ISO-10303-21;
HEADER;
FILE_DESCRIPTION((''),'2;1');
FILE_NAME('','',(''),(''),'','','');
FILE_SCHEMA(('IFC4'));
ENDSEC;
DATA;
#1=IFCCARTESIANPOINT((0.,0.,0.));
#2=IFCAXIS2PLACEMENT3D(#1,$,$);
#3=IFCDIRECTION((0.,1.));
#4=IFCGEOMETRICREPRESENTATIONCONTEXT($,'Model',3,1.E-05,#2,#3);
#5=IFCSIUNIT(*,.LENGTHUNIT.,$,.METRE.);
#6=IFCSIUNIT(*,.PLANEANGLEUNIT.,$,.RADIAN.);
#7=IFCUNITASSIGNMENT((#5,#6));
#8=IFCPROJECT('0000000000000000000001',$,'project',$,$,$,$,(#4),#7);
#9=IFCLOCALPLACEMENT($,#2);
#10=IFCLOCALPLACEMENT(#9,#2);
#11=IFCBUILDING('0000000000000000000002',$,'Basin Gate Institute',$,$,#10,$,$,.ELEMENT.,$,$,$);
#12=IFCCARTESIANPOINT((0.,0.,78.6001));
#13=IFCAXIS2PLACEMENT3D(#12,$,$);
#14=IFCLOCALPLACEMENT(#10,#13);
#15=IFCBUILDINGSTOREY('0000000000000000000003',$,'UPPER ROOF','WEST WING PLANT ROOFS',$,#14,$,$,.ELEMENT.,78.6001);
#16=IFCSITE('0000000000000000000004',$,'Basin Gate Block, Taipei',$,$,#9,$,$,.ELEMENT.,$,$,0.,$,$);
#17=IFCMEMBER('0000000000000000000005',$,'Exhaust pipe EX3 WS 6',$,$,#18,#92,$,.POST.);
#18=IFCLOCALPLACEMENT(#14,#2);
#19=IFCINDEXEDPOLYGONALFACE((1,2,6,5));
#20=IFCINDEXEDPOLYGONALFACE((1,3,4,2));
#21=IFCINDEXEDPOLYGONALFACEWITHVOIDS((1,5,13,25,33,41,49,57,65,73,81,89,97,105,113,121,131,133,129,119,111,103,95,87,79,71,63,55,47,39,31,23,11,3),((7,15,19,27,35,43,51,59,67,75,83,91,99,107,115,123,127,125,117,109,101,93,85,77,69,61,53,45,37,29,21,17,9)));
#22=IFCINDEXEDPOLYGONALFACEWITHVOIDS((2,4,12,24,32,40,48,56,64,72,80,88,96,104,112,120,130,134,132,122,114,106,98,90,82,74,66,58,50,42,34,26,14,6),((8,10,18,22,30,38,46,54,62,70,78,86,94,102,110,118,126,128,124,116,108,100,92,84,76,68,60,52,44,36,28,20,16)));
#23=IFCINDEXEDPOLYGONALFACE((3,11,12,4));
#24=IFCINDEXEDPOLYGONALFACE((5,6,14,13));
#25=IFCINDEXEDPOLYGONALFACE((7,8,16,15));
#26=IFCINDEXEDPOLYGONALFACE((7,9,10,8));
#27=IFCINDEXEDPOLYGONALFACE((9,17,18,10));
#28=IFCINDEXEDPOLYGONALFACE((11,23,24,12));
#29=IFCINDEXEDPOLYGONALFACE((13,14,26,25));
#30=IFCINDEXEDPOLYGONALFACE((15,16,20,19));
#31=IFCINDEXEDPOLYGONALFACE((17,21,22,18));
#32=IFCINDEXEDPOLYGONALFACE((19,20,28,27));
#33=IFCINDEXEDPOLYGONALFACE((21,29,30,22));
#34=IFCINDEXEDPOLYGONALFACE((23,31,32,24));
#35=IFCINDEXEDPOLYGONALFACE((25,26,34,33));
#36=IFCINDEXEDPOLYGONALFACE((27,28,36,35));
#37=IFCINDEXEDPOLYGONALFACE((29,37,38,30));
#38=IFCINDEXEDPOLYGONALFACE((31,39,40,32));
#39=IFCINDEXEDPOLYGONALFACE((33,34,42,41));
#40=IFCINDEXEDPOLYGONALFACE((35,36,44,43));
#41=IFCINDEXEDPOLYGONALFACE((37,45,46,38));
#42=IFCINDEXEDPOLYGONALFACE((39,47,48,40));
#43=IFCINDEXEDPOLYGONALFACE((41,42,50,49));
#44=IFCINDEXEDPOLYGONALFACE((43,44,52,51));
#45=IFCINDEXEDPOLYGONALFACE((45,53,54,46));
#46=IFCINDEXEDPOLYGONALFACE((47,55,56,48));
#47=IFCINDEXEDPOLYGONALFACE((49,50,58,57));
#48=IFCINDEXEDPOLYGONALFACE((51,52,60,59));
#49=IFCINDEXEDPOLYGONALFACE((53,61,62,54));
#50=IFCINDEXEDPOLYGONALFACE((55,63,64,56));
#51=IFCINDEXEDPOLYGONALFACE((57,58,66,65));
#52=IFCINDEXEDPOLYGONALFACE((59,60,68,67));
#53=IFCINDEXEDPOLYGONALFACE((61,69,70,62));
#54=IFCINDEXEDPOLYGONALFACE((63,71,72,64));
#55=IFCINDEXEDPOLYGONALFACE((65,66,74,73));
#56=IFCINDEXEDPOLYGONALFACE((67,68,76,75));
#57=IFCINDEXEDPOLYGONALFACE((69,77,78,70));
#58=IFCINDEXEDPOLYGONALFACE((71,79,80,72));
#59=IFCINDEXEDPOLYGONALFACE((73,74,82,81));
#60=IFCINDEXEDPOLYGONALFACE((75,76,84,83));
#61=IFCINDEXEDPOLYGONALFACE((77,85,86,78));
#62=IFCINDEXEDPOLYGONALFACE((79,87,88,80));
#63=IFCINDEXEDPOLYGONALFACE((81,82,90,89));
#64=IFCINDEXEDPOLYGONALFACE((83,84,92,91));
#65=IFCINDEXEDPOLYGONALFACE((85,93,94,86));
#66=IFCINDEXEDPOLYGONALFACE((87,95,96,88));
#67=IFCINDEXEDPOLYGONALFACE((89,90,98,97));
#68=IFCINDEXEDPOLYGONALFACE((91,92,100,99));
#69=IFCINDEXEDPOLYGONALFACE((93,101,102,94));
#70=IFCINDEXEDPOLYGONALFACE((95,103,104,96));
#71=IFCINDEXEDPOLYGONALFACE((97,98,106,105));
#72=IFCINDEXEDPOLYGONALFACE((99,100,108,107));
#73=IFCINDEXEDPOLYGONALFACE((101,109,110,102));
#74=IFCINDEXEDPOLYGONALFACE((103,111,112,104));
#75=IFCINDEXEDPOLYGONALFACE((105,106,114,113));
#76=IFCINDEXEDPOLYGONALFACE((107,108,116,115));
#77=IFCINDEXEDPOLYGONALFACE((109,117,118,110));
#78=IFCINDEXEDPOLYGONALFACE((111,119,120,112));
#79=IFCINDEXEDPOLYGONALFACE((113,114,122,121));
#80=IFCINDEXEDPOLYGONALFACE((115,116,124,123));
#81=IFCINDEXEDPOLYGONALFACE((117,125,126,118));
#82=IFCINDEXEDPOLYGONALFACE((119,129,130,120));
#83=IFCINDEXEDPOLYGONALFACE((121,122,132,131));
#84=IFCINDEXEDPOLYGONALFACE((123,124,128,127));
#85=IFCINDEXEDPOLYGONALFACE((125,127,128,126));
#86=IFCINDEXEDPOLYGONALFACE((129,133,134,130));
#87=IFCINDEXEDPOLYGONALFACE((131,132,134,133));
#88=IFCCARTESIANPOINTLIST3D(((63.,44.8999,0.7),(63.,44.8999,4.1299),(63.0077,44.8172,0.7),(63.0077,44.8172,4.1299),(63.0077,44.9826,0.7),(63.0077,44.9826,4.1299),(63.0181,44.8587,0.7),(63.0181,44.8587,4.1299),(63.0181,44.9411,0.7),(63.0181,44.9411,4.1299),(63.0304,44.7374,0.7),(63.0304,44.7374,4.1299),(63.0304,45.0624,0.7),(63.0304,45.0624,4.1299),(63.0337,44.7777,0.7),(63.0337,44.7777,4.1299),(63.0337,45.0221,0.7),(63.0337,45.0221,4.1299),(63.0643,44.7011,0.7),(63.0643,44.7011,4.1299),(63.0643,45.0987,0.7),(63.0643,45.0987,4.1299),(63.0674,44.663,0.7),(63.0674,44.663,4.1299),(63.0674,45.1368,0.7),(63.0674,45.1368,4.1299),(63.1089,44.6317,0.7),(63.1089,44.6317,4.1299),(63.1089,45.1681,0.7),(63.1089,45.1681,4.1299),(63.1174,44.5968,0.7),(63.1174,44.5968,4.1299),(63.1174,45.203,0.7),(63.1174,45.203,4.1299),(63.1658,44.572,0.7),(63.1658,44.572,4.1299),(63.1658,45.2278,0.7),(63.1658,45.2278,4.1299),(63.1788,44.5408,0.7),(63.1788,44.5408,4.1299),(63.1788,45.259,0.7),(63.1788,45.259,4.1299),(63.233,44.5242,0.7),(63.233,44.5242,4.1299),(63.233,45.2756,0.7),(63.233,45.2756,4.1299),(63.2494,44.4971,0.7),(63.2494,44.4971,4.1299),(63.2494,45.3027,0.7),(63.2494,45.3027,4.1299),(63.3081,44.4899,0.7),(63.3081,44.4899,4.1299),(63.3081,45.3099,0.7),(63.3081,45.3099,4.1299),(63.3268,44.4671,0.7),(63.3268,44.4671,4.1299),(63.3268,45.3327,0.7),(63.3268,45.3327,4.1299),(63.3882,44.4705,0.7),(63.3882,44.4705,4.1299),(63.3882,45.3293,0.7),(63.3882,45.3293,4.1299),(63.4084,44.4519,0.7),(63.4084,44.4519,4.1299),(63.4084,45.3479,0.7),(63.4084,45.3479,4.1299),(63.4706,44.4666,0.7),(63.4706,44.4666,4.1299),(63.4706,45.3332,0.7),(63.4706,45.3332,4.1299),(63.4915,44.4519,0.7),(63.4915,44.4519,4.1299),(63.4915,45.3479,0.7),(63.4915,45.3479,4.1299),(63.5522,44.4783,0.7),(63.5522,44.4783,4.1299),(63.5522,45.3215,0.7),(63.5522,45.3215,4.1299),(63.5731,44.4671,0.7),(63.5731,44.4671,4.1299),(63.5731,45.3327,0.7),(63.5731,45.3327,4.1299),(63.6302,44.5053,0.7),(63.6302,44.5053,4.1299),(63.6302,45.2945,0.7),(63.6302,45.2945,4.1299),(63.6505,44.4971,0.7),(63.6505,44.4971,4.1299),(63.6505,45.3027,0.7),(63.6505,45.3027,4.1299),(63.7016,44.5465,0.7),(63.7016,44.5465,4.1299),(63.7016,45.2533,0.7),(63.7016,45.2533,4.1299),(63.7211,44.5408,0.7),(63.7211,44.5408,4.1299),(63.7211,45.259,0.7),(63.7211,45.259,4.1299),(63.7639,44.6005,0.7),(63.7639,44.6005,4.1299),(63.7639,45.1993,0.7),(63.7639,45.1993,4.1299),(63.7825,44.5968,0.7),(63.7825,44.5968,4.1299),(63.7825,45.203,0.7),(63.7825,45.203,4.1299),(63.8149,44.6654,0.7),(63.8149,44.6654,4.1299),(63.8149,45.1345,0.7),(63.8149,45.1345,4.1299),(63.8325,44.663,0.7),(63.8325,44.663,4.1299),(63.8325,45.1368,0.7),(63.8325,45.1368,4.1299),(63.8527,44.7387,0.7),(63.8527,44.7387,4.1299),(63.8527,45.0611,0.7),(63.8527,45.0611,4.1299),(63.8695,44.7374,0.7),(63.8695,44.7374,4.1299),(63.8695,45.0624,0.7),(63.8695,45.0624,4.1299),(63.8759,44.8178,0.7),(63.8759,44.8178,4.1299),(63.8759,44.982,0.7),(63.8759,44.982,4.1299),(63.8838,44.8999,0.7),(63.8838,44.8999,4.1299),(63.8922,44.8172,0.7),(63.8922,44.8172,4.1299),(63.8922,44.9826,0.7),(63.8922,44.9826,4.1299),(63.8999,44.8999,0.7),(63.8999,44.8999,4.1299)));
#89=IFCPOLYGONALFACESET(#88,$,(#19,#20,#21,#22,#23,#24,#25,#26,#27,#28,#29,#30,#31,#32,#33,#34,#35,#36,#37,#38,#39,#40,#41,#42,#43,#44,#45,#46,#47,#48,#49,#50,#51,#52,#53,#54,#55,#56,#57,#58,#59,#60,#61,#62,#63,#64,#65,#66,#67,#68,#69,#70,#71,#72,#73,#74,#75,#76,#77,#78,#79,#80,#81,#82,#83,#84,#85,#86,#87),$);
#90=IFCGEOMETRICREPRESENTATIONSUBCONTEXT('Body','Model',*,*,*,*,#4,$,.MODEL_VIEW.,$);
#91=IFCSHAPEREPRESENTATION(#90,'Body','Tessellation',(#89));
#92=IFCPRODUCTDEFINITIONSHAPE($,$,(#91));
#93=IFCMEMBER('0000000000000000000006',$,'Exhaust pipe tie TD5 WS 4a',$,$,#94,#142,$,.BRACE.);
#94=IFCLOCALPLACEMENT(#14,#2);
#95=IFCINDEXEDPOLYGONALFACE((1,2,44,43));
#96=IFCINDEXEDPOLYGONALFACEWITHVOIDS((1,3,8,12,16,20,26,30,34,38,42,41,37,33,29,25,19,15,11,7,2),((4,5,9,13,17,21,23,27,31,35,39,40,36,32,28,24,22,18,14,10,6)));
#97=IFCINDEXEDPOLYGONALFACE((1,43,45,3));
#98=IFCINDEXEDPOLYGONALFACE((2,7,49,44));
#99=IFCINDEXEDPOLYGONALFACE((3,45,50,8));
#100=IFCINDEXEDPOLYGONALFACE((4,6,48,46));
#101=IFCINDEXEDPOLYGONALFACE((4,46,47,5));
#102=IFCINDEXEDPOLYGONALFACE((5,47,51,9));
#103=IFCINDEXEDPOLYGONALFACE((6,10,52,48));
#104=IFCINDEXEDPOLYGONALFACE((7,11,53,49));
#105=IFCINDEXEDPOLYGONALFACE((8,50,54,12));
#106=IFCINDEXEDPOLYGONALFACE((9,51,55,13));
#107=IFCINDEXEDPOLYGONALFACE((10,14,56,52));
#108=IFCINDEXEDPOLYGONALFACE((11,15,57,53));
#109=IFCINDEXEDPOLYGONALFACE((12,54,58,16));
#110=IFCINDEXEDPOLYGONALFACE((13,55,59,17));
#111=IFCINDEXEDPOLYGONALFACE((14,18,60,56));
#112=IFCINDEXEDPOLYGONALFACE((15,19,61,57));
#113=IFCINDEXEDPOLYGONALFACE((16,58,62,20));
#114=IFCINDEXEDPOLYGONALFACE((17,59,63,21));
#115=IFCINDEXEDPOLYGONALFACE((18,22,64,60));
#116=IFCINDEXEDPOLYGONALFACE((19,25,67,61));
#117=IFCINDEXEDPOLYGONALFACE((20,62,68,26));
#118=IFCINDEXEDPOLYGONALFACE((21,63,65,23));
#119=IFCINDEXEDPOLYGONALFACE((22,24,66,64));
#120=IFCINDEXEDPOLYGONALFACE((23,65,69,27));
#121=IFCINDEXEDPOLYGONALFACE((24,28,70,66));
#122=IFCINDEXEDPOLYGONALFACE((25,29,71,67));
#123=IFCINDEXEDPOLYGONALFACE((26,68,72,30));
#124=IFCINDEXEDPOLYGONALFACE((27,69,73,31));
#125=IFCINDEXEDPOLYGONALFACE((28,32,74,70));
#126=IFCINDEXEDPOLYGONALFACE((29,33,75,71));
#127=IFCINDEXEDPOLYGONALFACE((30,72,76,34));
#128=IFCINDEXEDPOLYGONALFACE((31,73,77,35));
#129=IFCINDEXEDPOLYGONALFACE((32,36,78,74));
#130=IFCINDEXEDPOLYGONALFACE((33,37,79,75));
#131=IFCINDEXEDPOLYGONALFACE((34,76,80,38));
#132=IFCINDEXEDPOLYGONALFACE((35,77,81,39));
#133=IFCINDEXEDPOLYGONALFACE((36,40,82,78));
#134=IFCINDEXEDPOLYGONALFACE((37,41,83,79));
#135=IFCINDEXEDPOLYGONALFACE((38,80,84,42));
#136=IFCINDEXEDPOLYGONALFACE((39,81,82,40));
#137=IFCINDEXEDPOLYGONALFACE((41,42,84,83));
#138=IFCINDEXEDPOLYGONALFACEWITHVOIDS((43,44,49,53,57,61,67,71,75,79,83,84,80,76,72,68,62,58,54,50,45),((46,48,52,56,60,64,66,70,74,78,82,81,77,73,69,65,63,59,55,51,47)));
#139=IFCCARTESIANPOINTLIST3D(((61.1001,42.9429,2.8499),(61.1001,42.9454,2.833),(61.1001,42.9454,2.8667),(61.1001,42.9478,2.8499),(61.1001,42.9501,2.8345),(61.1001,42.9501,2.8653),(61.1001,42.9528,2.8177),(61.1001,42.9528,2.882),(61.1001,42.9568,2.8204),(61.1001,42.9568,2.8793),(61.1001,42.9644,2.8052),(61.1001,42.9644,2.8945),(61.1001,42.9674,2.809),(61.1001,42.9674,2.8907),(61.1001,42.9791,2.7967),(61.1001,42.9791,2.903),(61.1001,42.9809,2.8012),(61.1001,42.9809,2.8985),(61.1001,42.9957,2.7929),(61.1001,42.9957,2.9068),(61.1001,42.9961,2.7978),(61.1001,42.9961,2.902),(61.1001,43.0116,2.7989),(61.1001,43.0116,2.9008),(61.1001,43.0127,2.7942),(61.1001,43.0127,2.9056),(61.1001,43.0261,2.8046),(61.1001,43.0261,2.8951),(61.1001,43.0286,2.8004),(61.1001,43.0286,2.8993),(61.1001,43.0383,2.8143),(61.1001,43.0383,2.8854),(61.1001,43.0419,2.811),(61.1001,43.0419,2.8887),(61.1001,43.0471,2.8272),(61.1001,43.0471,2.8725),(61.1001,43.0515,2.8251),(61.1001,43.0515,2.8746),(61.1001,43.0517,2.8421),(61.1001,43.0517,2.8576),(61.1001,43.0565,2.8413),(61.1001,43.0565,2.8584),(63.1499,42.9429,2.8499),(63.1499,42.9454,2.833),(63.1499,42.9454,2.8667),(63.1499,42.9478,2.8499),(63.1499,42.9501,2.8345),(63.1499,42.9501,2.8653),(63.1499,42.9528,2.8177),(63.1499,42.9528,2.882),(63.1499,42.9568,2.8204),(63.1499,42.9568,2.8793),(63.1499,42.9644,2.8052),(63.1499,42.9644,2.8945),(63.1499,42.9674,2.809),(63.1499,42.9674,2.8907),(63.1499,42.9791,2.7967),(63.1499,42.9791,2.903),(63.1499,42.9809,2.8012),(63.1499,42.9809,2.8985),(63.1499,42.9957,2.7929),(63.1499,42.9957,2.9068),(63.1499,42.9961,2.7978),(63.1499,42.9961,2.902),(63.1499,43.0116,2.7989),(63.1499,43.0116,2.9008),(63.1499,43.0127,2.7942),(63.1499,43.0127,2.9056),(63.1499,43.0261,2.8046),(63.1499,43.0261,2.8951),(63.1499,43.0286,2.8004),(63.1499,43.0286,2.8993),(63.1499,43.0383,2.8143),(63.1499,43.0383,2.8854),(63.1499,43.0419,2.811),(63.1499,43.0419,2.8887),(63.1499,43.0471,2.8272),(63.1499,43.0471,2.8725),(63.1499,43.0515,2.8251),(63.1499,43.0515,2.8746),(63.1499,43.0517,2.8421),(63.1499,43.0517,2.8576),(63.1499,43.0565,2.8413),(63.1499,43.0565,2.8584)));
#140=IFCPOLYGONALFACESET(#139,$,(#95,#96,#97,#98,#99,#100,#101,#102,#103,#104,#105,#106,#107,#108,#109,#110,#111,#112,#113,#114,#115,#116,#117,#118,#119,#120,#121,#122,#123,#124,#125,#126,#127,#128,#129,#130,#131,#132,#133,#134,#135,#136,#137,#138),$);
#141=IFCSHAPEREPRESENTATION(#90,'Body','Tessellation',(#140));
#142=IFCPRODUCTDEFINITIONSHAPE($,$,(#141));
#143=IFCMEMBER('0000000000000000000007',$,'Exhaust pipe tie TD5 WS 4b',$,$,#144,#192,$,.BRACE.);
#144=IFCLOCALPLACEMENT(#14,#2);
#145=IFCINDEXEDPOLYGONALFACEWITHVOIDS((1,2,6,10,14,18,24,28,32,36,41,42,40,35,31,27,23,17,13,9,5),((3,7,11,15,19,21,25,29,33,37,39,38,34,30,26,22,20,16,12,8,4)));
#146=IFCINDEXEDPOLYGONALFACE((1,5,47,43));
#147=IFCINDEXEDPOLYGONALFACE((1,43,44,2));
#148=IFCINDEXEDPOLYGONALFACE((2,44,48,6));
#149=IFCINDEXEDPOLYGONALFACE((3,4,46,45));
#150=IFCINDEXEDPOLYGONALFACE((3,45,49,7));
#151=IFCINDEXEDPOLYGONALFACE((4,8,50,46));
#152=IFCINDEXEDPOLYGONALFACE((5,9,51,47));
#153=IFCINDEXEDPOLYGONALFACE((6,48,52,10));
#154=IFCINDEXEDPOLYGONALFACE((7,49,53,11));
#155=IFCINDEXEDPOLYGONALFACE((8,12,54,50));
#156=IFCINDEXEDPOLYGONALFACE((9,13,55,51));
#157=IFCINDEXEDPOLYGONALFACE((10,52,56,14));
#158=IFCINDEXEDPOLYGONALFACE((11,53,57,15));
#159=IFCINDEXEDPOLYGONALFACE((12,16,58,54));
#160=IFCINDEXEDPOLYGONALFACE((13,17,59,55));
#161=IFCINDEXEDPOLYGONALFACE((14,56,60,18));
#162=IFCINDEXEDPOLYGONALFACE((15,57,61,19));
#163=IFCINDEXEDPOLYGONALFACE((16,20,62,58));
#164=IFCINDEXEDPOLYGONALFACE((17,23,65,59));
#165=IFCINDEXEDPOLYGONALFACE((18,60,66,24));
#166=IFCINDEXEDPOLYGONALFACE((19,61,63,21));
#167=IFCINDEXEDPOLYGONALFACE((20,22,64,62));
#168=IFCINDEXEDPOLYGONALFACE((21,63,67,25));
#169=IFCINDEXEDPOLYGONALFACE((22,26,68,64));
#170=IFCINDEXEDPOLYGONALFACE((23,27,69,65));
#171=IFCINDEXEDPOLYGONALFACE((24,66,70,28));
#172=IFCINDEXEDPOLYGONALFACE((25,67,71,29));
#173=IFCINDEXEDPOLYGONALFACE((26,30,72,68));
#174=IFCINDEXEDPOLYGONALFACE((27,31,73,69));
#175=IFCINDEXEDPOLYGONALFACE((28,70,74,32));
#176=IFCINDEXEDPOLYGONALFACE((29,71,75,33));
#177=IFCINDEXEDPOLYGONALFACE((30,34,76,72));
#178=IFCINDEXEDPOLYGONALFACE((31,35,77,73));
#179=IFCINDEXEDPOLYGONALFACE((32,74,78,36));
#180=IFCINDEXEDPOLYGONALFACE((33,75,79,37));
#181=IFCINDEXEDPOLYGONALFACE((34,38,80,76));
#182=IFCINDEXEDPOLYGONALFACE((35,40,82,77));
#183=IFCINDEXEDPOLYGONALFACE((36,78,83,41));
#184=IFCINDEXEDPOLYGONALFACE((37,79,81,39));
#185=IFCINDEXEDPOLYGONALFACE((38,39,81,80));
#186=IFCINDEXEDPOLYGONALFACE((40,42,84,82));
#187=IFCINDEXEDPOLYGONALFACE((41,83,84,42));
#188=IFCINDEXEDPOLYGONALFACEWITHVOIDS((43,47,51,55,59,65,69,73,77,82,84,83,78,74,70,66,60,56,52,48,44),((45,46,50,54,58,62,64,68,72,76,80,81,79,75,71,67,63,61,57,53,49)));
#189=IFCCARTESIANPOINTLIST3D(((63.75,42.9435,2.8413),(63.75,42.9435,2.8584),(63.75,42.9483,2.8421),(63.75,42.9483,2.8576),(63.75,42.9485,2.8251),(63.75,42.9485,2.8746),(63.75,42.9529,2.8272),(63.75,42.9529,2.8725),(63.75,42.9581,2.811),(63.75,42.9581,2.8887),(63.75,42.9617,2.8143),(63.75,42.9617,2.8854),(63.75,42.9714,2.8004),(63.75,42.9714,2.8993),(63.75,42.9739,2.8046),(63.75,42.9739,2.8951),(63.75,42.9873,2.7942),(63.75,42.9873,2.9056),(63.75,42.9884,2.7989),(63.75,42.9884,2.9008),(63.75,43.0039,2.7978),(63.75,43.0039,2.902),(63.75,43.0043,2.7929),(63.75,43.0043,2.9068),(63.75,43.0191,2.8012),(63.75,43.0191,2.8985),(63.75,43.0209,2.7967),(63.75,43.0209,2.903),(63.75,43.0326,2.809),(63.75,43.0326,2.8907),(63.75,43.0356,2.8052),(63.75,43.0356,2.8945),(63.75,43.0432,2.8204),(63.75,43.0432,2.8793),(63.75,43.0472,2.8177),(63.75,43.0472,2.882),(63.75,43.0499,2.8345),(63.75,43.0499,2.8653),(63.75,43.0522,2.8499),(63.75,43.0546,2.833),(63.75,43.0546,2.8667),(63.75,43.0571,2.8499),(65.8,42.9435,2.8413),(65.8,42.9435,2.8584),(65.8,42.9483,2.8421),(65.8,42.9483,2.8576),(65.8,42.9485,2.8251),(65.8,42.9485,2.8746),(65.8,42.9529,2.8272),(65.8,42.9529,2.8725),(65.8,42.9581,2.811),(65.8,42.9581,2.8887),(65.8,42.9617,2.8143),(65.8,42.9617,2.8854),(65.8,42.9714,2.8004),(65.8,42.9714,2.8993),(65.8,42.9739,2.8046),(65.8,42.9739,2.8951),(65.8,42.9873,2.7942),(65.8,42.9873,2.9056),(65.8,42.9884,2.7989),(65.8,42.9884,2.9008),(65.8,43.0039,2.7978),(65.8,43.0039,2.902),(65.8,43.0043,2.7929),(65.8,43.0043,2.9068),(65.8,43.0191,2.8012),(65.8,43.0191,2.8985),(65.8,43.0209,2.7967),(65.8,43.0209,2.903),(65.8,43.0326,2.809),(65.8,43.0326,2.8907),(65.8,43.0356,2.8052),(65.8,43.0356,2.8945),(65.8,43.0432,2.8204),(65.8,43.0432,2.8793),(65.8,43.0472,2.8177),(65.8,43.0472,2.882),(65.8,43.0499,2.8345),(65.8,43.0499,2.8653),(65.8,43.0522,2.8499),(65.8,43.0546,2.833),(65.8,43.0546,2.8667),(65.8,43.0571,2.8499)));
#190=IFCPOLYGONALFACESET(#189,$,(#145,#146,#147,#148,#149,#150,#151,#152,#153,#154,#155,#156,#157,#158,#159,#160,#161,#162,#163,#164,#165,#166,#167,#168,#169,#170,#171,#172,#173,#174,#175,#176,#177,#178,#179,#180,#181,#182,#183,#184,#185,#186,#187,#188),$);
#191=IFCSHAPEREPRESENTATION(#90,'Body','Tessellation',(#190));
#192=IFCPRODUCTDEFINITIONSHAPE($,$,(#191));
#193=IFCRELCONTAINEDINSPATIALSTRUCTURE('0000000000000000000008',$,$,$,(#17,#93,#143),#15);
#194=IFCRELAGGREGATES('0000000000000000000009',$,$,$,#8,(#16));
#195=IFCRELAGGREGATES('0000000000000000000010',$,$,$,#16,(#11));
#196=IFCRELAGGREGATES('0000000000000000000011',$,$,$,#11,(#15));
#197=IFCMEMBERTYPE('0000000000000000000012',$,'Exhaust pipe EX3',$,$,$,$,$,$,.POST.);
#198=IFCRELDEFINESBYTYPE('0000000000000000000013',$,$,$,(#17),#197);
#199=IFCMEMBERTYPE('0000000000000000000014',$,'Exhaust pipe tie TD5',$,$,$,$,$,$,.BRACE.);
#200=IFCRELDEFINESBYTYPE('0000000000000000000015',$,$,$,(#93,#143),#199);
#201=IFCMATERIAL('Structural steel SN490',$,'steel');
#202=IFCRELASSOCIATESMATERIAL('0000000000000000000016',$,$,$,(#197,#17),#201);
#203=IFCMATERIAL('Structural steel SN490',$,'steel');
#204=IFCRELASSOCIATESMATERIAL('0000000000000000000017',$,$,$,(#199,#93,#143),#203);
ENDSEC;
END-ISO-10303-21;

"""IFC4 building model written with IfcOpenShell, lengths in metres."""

from ifc_helpers import new_model, si_unit, direction, frame, origin, origin_2d, place, context, subcontext, project, spatial, hollow_circle, extrude, material, material_profile, profile_set, type_object, element, save


model = new_model("IFC4")

# Units and contexts
model_context = context("Model", 3, precision=1e-05, world=origin(), true_north=direction((0.0, 1.0)))
body_context = subcontext(model_context, "Body", "Model", "MODEL_VIEW")
ifc_project = project(units=[si_unit("LENGTHUNIT", "METRE"), si_unit("PLANEANGLEUNIT", "RADIAN")], contexts=[model_context])

# Site, building, storey
site_placement = place(None, origin())
site = spatial("IfcSite", under=ifc_project, at=site_placement, Name="Basin Gate Block, Taipei", CompositionType="ELEMENT", RefElevation=0.0)
building_placement = place(site_placement, origin())
building = spatial("IfcBuilding", under=site, at=building_placement, Name="Basin Gate Institute", CompositionType="ELEMENT")
storey_placement = place(building_placement, frame((0.0, 0.0, 78.6001)))
storey = spatial("IfcBuildingStorey", under=building, at=storey_placement, Name="UPPER ROOF", Description="WEST WING PLANT ROOFS", CompositionType="ELEMENT", Elevation=78.6001)

# Members
ifc_material_1 = material(Name="Structural steel SN490", Category="steel")
ifc_material_profile_1 = material_profile(ifc_material_1, hollow_circle(Radius=0.45, WallThickness=0.0161, at=origin_2d()), Name="CHS900x16")
ifc_profile_set_1 = profile_set([ifc_material_profile_1], Name="Structural steel SN490")
member_type_1 = type_object("IfcMemberType", Name="Exhaust pipe EX3", PredefinedType="POST", material=ifc_profile_set_1)
member_1_placement = place(storey_placement, frame((63.45, 44.8999, 0.7), z_axis=(0.0, 0.0, 1.0), x_axis=(1.0, 0.0, 0.0)))
element("IfcMember", 1, at=member_1_placement, inside=storey, type_object=member_type_1, material=ifc_profile_set_1, Name="Exhaust pipe EX3 WS 6", PredefinedType="POST", context=body_context, shape_type="SweptSolid", body=[
    extrude(hollow_circle(Radius=0.45, WallThickness=0.0161, at=origin_2d()), origin(), (0.0, 0.0, 1.0), 3.4299),
])
ifc_material_2 = material(Name="Structural steel SN490", Category="steel")
ifc_material_profile_2 = material_profile(ifc_material_2, hollow_circle(Radius=0.0571, WallThickness=0.0049, at=origin_2d()), Name="CHS114x5")
ifc_profile_set_2 = profile_set([ifc_material_profile_2], Name="Structural steel SN490")
member_type_2 = type_object("IfcMemberType", Name="Exhaust pipe tie TD5", PredefinedType="BRACE", material=ifc_profile_set_2)
member_2_placement = place(storey_placement, frame((63.1499, 43.0, 2.8499), z_axis=(-1.0, 0.0, 0.0), x_axis=(0.0, -1.0, 0.0)))
element("IfcMember", 2, at=member_2_placement, inside=storey, type_object=member_type_2, material=ifc_profile_set_2, Name="Exhaust pipe tie TD5 WS 4a", PredefinedType="BRACE", context=body_context, shape_type="SweptSolid", body=[
    extrude(hollow_circle(Radius=0.0571, WallThickness=0.0049, at=origin_2d()), origin(), (0.0, 0.0, 1.0), 2.0498),
])
member_3_placement = place(storey_placement, frame((63.75, 43.0, 2.8499), z_axis=(1.0, 0.0, 0.0), x_axis=(0.0, 1.0, 0.0)))
element("IfcMember", 3, at=member_3_placement, inside=storey, type_object=member_type_2, material=ifc_profile_set_2, Name="Exhaust pipe tie TD5 WS 4b", PredefinedType="BRACE", context=body_context, shape_type="SweptSolid", body=[
    extrude(hollow_circle(Radius=0.0571, WallThickness=0.0049, at=origin_2d()), origin(), (0.0, 0.0, 1.0), 2.05),
])

save(model, "model.ifc")
